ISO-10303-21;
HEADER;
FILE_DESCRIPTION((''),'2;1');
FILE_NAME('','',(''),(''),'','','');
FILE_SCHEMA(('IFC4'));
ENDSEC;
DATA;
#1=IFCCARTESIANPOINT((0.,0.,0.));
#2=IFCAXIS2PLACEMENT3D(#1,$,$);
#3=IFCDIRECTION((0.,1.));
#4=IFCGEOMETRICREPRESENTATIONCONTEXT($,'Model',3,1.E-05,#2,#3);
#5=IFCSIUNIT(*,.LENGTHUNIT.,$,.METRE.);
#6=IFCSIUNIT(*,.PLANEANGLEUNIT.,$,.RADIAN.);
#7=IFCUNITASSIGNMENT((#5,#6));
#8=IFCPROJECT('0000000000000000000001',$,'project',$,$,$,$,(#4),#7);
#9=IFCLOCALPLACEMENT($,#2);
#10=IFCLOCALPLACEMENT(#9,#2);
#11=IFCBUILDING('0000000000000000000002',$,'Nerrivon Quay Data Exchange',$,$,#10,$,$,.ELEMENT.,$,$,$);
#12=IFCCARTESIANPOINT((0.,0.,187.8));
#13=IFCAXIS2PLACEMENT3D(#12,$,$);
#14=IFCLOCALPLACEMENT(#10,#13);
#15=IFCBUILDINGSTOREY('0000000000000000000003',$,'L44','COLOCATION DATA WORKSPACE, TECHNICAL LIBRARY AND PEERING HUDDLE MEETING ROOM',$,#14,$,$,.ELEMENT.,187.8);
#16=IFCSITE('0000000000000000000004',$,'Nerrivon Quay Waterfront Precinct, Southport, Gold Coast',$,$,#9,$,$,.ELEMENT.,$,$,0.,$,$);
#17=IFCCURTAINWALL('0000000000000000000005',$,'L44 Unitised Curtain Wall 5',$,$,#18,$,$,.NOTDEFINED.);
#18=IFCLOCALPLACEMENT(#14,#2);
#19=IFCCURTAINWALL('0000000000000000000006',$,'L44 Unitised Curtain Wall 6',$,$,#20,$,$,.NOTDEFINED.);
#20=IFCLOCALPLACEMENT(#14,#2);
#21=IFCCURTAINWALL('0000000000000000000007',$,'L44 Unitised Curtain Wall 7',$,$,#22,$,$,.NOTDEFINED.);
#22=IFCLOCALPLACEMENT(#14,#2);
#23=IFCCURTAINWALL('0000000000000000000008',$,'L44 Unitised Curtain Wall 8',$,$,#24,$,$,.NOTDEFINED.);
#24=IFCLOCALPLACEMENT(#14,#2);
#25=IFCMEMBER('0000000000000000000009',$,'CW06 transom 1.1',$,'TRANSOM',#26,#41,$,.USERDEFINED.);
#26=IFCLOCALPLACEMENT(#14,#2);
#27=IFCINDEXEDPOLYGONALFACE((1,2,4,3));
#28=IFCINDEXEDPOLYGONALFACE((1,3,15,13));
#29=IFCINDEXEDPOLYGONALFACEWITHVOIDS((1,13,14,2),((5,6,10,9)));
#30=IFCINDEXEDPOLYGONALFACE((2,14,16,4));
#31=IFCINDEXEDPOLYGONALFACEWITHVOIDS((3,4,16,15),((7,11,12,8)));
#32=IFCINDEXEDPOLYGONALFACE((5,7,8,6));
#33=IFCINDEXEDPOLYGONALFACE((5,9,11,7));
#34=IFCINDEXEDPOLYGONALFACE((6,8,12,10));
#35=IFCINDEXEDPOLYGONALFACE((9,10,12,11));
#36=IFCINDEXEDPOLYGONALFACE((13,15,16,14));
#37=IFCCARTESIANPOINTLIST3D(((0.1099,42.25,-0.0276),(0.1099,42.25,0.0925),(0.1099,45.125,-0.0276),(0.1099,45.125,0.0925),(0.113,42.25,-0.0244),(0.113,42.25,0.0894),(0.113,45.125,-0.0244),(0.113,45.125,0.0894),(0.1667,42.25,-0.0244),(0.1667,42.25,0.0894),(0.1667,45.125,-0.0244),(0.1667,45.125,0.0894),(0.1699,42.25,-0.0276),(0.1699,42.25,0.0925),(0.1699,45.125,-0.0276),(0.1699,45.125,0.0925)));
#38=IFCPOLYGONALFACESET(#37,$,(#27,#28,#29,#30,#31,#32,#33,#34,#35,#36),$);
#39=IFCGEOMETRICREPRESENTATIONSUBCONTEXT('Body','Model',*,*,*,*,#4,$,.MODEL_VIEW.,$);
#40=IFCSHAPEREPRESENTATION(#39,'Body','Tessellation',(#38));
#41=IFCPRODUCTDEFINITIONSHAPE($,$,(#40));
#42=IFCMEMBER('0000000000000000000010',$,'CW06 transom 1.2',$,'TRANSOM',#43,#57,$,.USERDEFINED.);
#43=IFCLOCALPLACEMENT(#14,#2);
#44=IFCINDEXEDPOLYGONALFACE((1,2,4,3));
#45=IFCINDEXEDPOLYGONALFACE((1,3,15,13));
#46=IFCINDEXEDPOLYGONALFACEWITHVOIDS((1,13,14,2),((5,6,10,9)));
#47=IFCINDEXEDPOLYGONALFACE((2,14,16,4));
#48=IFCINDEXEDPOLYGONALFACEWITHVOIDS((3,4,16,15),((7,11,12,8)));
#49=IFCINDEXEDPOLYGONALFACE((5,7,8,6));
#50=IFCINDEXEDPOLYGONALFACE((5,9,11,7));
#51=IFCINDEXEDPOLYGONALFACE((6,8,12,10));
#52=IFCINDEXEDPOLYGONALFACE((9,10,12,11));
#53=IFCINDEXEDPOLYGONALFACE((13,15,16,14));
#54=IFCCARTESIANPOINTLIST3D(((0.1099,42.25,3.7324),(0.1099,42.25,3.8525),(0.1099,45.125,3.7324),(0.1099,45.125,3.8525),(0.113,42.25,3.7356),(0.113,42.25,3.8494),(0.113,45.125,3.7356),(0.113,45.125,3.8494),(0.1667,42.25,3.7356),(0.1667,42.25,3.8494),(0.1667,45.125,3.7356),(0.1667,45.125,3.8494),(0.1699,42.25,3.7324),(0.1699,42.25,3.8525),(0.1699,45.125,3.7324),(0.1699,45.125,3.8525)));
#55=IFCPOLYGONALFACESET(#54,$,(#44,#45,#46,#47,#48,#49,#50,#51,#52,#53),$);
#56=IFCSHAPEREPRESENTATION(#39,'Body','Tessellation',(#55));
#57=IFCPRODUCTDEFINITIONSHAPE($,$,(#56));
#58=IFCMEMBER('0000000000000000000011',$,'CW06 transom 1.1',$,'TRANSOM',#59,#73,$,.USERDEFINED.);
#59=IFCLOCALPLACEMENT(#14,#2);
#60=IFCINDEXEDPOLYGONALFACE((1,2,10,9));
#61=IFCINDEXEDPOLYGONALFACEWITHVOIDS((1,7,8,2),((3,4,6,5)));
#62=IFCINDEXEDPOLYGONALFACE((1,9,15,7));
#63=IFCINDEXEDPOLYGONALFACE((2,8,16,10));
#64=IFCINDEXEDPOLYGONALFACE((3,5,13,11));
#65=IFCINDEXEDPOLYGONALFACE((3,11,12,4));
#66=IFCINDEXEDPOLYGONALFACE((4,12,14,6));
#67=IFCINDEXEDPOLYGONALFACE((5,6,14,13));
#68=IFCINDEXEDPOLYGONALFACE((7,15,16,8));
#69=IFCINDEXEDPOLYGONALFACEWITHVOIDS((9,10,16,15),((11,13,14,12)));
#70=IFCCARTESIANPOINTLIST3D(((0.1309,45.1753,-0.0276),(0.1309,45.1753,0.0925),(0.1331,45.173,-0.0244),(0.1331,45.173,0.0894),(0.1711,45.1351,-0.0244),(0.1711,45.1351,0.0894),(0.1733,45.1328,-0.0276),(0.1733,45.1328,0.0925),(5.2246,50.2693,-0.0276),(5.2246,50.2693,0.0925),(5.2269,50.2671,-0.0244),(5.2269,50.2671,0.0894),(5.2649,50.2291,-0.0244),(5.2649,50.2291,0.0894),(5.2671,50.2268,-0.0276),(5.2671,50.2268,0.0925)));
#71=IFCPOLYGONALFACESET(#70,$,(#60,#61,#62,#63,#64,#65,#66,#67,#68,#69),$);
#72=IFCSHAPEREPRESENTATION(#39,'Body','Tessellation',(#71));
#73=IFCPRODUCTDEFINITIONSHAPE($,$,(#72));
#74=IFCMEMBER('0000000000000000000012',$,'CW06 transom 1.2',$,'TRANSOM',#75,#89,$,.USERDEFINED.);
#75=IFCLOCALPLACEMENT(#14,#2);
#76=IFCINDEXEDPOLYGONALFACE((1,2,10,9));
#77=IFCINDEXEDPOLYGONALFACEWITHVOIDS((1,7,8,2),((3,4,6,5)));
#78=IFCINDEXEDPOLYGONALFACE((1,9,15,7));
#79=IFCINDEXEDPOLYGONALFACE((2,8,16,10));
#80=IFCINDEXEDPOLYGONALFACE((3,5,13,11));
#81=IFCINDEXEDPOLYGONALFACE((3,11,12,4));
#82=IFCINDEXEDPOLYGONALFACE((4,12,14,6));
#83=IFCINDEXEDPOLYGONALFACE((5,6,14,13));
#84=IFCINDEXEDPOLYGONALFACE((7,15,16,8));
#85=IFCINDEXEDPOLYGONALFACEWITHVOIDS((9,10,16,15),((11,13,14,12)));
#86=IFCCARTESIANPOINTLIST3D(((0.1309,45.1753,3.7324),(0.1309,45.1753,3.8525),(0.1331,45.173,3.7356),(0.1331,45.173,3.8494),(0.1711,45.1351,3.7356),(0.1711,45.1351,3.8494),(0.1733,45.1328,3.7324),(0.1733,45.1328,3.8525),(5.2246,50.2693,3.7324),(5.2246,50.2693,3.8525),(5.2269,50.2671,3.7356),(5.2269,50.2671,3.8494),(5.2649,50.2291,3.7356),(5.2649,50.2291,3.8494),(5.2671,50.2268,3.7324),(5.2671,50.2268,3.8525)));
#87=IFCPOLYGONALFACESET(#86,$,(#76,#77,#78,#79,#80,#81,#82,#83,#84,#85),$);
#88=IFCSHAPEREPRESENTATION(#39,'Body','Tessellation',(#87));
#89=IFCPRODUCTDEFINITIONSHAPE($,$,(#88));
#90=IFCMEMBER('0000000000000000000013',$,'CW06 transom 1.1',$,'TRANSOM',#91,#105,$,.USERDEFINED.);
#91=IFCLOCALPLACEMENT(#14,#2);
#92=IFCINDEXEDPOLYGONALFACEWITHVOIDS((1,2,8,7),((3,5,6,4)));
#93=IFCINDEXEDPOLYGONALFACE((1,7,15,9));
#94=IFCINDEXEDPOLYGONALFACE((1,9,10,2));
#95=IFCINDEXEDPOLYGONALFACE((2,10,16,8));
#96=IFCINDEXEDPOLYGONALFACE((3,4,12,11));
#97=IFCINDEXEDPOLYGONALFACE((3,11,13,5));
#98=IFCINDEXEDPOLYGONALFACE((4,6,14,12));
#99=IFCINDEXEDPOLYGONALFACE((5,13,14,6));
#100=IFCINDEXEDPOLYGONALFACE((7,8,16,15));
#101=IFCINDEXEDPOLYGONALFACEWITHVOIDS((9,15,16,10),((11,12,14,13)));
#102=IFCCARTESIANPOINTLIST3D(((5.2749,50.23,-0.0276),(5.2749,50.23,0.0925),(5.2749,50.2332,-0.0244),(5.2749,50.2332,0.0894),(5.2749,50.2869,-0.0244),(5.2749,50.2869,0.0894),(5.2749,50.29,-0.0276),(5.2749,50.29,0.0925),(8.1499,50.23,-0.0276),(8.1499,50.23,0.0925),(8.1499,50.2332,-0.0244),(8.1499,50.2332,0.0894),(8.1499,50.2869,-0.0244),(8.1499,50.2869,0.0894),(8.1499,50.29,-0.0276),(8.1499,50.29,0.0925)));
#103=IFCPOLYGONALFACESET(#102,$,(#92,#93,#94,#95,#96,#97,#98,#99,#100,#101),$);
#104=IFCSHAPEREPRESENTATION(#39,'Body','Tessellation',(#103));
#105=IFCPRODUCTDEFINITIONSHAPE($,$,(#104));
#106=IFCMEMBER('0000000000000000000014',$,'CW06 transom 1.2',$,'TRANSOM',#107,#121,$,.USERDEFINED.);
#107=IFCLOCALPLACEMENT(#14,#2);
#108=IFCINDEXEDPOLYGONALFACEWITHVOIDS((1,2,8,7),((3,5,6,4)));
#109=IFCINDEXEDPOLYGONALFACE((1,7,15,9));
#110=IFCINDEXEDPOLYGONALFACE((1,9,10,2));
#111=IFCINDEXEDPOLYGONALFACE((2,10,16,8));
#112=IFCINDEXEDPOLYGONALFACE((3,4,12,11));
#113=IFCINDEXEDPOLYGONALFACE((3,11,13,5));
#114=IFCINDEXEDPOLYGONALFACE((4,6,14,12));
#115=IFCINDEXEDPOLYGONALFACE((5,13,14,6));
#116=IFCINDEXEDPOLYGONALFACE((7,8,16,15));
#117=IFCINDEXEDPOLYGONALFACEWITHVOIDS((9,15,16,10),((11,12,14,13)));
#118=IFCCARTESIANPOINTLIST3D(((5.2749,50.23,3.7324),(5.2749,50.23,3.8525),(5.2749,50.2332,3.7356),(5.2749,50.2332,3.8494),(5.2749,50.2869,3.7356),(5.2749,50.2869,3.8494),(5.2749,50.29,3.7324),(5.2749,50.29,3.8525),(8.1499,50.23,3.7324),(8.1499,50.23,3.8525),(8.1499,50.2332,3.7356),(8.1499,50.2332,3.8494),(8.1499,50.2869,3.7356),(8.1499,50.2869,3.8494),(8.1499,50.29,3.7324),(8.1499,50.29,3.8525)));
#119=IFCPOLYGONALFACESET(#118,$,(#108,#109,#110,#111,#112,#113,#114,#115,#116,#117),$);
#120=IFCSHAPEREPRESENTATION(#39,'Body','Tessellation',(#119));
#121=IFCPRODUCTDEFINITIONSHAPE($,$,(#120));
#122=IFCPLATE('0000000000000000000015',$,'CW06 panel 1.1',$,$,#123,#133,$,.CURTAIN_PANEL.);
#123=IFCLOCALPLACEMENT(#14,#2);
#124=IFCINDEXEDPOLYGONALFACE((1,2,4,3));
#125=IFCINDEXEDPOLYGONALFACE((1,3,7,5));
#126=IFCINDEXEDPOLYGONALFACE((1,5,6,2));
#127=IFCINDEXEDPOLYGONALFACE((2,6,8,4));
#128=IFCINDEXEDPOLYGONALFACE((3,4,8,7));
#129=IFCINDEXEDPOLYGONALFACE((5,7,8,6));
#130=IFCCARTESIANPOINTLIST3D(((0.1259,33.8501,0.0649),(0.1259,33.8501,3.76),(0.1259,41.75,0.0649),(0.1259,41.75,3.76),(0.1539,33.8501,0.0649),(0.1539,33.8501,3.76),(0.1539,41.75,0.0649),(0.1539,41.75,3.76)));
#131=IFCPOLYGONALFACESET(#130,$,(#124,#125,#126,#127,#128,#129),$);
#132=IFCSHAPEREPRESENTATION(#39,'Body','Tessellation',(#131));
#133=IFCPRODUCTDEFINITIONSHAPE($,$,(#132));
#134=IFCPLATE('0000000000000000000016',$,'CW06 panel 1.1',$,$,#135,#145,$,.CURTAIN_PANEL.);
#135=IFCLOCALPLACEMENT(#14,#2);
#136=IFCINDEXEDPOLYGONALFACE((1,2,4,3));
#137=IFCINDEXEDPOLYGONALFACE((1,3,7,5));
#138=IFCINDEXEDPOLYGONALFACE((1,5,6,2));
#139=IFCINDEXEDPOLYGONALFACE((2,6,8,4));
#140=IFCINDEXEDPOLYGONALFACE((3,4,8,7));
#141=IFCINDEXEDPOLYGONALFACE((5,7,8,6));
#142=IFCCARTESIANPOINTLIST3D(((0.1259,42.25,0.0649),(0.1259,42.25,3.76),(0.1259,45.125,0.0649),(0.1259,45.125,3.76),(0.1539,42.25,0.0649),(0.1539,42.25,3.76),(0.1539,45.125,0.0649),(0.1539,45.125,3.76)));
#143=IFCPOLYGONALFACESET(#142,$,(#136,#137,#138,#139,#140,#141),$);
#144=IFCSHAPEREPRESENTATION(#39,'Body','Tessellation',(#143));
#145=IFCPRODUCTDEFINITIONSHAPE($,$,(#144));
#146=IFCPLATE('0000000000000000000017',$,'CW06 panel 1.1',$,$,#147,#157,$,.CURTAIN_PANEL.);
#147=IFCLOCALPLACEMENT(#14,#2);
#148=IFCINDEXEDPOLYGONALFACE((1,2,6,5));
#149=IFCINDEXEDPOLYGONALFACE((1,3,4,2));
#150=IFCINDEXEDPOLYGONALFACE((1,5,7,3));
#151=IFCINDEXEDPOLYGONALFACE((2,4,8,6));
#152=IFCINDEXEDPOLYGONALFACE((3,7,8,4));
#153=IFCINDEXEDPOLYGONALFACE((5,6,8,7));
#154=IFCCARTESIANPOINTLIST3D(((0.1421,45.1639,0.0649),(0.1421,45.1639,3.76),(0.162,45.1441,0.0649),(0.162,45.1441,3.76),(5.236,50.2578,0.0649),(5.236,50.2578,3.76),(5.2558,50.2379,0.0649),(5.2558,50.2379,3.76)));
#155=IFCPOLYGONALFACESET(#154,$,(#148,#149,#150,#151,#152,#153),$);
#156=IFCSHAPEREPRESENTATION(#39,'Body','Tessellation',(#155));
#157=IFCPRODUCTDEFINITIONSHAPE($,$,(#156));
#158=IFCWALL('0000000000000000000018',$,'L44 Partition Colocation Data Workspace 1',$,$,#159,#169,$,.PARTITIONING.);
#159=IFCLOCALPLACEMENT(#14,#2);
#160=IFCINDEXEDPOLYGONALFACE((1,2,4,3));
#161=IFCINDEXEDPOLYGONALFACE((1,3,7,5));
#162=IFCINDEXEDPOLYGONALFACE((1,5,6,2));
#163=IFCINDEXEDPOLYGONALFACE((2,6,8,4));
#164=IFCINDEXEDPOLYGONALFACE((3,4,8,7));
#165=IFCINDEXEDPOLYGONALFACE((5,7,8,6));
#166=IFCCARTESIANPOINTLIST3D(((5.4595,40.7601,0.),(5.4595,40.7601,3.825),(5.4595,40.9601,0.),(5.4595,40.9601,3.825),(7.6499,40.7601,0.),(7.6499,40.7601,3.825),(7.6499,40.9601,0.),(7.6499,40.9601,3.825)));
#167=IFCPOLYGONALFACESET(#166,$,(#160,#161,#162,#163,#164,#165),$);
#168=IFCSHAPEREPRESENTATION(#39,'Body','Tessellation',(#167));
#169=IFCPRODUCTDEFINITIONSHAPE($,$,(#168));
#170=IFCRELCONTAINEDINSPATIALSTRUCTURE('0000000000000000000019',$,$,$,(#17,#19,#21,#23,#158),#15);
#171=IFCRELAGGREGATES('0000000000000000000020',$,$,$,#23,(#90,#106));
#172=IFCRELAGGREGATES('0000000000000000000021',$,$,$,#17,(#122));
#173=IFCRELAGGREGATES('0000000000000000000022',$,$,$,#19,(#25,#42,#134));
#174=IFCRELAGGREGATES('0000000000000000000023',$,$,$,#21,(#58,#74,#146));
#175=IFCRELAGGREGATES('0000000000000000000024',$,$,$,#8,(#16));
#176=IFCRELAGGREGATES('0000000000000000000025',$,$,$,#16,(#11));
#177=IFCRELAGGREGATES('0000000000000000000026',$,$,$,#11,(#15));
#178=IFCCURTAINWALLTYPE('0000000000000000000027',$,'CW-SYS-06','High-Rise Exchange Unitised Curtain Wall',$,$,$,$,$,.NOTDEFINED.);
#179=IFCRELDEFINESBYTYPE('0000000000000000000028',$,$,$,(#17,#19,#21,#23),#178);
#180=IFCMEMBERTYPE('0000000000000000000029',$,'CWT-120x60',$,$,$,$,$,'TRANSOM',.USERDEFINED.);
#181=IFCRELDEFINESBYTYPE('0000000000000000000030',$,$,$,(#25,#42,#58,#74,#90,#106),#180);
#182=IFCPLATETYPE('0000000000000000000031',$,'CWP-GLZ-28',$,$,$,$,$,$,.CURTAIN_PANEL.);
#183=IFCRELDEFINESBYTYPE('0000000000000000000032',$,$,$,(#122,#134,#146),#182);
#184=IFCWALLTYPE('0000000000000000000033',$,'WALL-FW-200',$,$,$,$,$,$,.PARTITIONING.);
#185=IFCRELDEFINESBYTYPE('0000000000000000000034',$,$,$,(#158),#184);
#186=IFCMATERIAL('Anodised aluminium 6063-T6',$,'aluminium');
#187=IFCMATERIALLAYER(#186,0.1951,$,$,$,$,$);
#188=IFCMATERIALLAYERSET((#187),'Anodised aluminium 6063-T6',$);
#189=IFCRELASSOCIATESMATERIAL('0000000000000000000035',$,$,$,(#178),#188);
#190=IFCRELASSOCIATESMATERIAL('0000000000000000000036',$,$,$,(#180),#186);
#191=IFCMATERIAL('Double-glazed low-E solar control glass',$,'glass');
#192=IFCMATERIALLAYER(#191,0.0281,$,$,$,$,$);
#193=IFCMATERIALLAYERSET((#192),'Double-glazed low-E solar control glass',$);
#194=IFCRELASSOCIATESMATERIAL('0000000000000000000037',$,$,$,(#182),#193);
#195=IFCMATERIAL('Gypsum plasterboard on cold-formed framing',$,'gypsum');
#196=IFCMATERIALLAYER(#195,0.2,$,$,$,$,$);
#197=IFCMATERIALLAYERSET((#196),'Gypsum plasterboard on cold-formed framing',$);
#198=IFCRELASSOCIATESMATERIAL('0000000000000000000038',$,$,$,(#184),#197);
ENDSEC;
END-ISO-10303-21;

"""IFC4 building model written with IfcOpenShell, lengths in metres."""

from ifc_helpers import new_model, si_unit, direction, frame, frame_2d, origin, origin_2d, place, context, subcontext, project, spatial, rectangle, hollow_rectangle, extrude, material, layer, layer_set, material_profile, profile_set, type_object, element, aggregate, save


model = new_model("IFC4")

# Units and contexts
model_context = context("Model", 3, precision=1e-05, world=origin(), true_north=direction((0.0, 1.0)))
body_context = subcontext(model_context, "Body", "Model", "MODEL_VIEW")
ifc_project = project(units=[si_unit("LENGTHUNIT", "METRE"), si_unit("PLANEANGLEUNIT", "RADIAN")], contexts=[model_context])

# Site, building, storey
site_placement = place(None, origin())
site = spatial("IfcSite", under=ifc_project, at=site_placement, Name="Nerrivon Quay Waterfront Precinct, Southport, Gold Coast", CompositionType="ELEMENT", RefElevation=0.0)
building_placement = place(site_placement, origin())
building = spatial("IfcBuilding", under=site, at=building_placement, Name="Nerrivon Quay Data Exchange", CompositionType="ELEMENT")
storey_placement = place(building_placement, frame((0.0, 0.0, 187.8)))
storey = spatial("IfcBuildingStorey", under=building, at=storey_placement, Name="L44", Description="COLOCATION DATA WORKSPACE, TECHNICAL LIBRARY AND PEERING HUDDLE MEETING ROOM", CompositionType="ELEMENT", Elevation=187.8)

# Curtain wall
ifc_material_1 = material(Name="Anodised aluminium 6063-T6", Category="aluminium")
ifc_layer_1 = layer(ifc_material_1, 0.1951)
ifc_layer_set_1 = layer_set([ifc_layer_1], Name="Anodised aluminium 6063-T6")
curtain_wall_type = type_object("IfcCurtainWallType", Name="CW-SYS-06", Description="High-Rise Exchange Unitised Curtain Wall", PredefinedType="NOTDEFINED", material=ifc_layer_set_1)
curtain_wall_1_placement = place(storey_placement, origin())
curtain_wall_1 = element("IfcCurtainWall", 1, at=curtain_wall_1_placement, inside=storey, type_object=curtain_wall_type, Name="L44 Unitised Curtain Wall 5", PredefinedType="NOTDEFINED")

# Curtain walls
curtain_wall_2_placement = place(storey_placement, origin())
curtain_wall_2 = element("IfcCurtainWall", 2, at=curtain_wall_2_placement, inside=storey, type_object=curtain_wall_type, Name="L44 Unitised Curtain Wall 6", PredefinedType="NOTDEFINED")
curtain_wall_3_placement = place(storey_placement, origin())
curtain_wall_3 = element("IfcCurtainWall", 3, at=curtain_wall_3_placement, inside=storey, type_object=curtain_wall_type, Name="L44 Unitised Curtain Wall 7", PredefinedType="NOTDEFINED")

# Curtain wall
curtain_wall_4_placement = place(storey_placement, origin())
curtain_wall_4 = element("IfcCurtainWall", 4, at=curtain_wall_4_placement, inside=storey, type_object=curtain_wall_type, Name="L44 Unitised Curtain Wall 8", PredefinedType="NOTDEFINED")

# Members
ifc_material_profile_1 = material_profile(ifc_material_1, hollow_rectangle(XDim=0.0601, YDim=0.1201, WallThickness=0.0032, at=origin_2d()), Name="ALU-TRAN-120x60")
ifc_profile_set_1 = profile_set([ifc_material_profile_1], Name="Anodised aluminium 6063-T6")
member_type_1 = type_object("IfcMemberType", Name="CWT-120x60", ElementType="TRANSOM", PredefinedType="USERDEFINED", material=ifc_profile_set_1)
member_1_placement = place(storey_placement, frame((0.1399, 42.25, 0.0325), z_axis=(0.0, 1.0, 0.0), x_axis=(-1.0, 0.0, 0.0)))
member_1 = element("IfcMember", 5, at=member_1_placement, type_object=member_type_1, Name="CW06 transom 1.1", ObjectType="TRANSOM", PredefinedType="USERDEFINED", context=body_context, shape_type="SweptSolid", body=[
    extrude(hollow_rectangle(XDim=0.0601, YDim=0.1201, WallThickness=0.0032, at=origin_2d()), origin(), (0.0, 0.0, 1.0), 2.875),
])
member_2_placement = place(storey_placement, frame((0.1399, 42.25, 3.7925), z_axis=(0.0, 1.0, 0.0), x_axis=(-1.0, 0.0, 0.0)))
member_2 = element("IfcMember", 6, at=member_2_placement, type_object=member_type_1, Name="CW06 transom 1.2", ObjectType="TRANSOM", PredefinedType="USERDEFINED", context=body_context, shape_type="SweptSolid", body=[
    extrude(hollow_rectangle(XDim=0.0601, YDim=0.1201, WallThickness=0.0032, at=origin_2d()), origin(), (0.0, 0.0, 1.0), 2.875),
])
member_3_placement = place(storey_placement, frame((0.1521, 45.1541, 0.0325), z_axis=(0.70709, 0.707124, 0.0), x_axis=(-0.707124, 0.70709, 0.0)))
member_3 = element("IfcMember", 7, at=member_3_placement, type_object=member_type_1, Name="CW06 transom 1.1", ObjectType="TRANSOM", PredefinedType="USERDEFINED", context=body_context, shape_type="SweptSolid", body=[
    extrude(hollow_rectangle(XDim=0.0601, YDim=0.1201, WallThickness=0.0032, at=origin_2d()), origin(), (0.0, 0.0, 1.0), 7.2039),
])
member_4_placement = place(storey_placement, frame((0.1521, 45.1541, 3.7925), z_axis=(0.70709, 0.707124, 0.0), x_axis=(-0.707124, 0.70709, 0.0)))
member_4 = element("IfcMember", 8, at=member_4_placement, type_object=member_type_1, Name="CW06 transom 1.2", ObjectType="TRANSOM", PredefinedType="USERDEFINED", context=body_context, shape_type="SweptSolid", body=[
    extrude(hollow_rectangle(XDim=0.0601, YDim=0.1201, WallThickness=0.0032, at=origin_2d()), origin(), (0.0, 0.0, 1.0), 7.2039),
])
member_5_placement = place(storey_placement, frame((5.2749, 50.26, 0.0325), z_axis=(1.0, 0.0, 0.0), x_axis=(0.0, 1.0, 0.0)))
member_5 = element("IfcMember", 9, at=member_5_placement, type_object=member_type_1, Name="CW06 transom 1.1", ObjectType="TRANSOM", PredefinedType="USERDEFINED", context=body_context, shape_type="SweptSolid", body=[
    extrude(hollow_rectangle(XDim=0.0601, YDim=0.1201, WallThickness=0.0032, at=origin_2d()), origin(), (0.0, 0.0, 1.0), 2.875),
])
member_6_placement = place(storey_placement, frame((5.2749, 50.26, 3.7925), z_axis=(1.0, 0.0, 0.0), x_axis=(0.0, 1.0, 0.0)))
member_6 = element("IfcMember", 10, at=member_6_placement, type_object=member_type_1, Name="CW06 transom 1.2", ObjectType="TRANSOM", PredefinedType="USERDEFINED", context=body_context, shape_type="SweptSolid", body=[
    extrude(hollow_rectangle(XDim=0.0601, YDim=0.1201, WallThickness=0.0032, at=origin_2d()), origin(), (0.0, 0.0, 1.0), 2.875),
])
aggregate(curtain_wall_4, [member_5, member_6])

# Plates
ifc_material_2 = material(Name="Double-glazed low-E solar control glass", Category="glass")
ifc_layer_2 = layer(ifc_material_2, 0.0281)
ifc_layer_set_2 = layer_set([ifc_layer_2], Name="Double-glazed low-E solar control glass")
plate_type = type_object("IfcPlateType", Name="CWP-GLZ-28", PredefinedType="CURTAIN_PANEL", material=ifc_layer_set_2)
plate_1_placement = place(storey_placement, frame((0.1399, 37.8, 0.0649), z_axis=(0.0, 0.0, 1.0), x_axis=(0.0, 1.0, 0.0)))
plate_1 = element("IfcPlate", 11, at=plate_1_placement, type_object=plate_type, Name="CW06 panel 1.1", PredefinedType="CURTAIN_PANEL", context=body_context, shape_type="SweptSolid", body=[
    extrude(rectangle(XDim=7.8999, YDim=0.0281, at=origin_2d()), origin(), (0.0, 0.0, 1.0), 3.6951),
])
aggregate(curtain_wall_1, [plate_1])
plate_2_placement = place(storey_placement, frame((0.1399, 43.6875, 0.0649), z_axis=(0.0, 0.0, 1.0), x_axis=(0.0, 1.0, 0.0)))
plate_2 = element("IfcPlate", 12, at=plate_2_placement, type_object=plate_type, Name="CW06 panel 1.1", PredefinedType="CURTAIN_PANEL", context=body_context, shape_type="SweptSolid", body=[
    extrude(rectangle(XDim=2.875, YDim=0.0281, at=origin_2d()), origin(), (0.0, 0.0, 1.0), 3.6951),
])
aggregate(curtain_wall_2, [member_1, member_2, plate_2])
plate_3_placement = place(storey_placement, frame((2.699, 47.7009, 0.0649), z_axis=(0.0, 0.0, 1.0), x_axis=(0.707107, 0.707107, 0.0)))
plate_3 = element("IfcPlate", 13, at=plate_3_placement, type_object=plate_type, Name="CW06 panel 1.1", PredefinedType="CURTAIN_PANEL", context=body_context, shape_type="SweptSolid", body=[
    extrude(rectangle(XDim=7.2039, YDim=0.0281, at=origin_2d()), origin(), (0.0, 0.0, 1.0), 3.6951),
])
aggregate(curtain_wall_3, [member_3, member_4, plate_3])

# Wall
ifc_material_3 = material(Name="Gypsum plasterboard on cold-formed framing", Category="gypsum")
ifc_layer_3 = layer(ifc_material_3, 0.2)
ifc_layer_set_3 = layer_set([ifc_layer_3], Name="Gypsum plasterboard on cold-formed framing")
wall_type_1 = type_object("IfcWallType", Name="WALL-FW-200", PredefinedType="PARTITIONING", material=ifc_layer_set_3)
wall_1_placement = place(storey_placement, frame((5.4595, 40.8601, 0.0), z_axis=(0.0, 0.0, 1.0), x_axis=(1.0, 0.0, 0.0)))
element("IfcWall", 14, at=wall_1_placement, inside=storey, type_object=wall_type_1, Name="L44 Partition Colocation Data Workspace 1", PredefinedType="PARTITIONING", context=body_context, shape_type="SweptSolid", body=[
    extrude(rectangle(XDim=2.1904, YDim=0.2, at=frame_2d((1.0952, 0.0))), origin(), (0.0, 0.0, 1.0), 3.825),
])

save(model, "model.ifc")
